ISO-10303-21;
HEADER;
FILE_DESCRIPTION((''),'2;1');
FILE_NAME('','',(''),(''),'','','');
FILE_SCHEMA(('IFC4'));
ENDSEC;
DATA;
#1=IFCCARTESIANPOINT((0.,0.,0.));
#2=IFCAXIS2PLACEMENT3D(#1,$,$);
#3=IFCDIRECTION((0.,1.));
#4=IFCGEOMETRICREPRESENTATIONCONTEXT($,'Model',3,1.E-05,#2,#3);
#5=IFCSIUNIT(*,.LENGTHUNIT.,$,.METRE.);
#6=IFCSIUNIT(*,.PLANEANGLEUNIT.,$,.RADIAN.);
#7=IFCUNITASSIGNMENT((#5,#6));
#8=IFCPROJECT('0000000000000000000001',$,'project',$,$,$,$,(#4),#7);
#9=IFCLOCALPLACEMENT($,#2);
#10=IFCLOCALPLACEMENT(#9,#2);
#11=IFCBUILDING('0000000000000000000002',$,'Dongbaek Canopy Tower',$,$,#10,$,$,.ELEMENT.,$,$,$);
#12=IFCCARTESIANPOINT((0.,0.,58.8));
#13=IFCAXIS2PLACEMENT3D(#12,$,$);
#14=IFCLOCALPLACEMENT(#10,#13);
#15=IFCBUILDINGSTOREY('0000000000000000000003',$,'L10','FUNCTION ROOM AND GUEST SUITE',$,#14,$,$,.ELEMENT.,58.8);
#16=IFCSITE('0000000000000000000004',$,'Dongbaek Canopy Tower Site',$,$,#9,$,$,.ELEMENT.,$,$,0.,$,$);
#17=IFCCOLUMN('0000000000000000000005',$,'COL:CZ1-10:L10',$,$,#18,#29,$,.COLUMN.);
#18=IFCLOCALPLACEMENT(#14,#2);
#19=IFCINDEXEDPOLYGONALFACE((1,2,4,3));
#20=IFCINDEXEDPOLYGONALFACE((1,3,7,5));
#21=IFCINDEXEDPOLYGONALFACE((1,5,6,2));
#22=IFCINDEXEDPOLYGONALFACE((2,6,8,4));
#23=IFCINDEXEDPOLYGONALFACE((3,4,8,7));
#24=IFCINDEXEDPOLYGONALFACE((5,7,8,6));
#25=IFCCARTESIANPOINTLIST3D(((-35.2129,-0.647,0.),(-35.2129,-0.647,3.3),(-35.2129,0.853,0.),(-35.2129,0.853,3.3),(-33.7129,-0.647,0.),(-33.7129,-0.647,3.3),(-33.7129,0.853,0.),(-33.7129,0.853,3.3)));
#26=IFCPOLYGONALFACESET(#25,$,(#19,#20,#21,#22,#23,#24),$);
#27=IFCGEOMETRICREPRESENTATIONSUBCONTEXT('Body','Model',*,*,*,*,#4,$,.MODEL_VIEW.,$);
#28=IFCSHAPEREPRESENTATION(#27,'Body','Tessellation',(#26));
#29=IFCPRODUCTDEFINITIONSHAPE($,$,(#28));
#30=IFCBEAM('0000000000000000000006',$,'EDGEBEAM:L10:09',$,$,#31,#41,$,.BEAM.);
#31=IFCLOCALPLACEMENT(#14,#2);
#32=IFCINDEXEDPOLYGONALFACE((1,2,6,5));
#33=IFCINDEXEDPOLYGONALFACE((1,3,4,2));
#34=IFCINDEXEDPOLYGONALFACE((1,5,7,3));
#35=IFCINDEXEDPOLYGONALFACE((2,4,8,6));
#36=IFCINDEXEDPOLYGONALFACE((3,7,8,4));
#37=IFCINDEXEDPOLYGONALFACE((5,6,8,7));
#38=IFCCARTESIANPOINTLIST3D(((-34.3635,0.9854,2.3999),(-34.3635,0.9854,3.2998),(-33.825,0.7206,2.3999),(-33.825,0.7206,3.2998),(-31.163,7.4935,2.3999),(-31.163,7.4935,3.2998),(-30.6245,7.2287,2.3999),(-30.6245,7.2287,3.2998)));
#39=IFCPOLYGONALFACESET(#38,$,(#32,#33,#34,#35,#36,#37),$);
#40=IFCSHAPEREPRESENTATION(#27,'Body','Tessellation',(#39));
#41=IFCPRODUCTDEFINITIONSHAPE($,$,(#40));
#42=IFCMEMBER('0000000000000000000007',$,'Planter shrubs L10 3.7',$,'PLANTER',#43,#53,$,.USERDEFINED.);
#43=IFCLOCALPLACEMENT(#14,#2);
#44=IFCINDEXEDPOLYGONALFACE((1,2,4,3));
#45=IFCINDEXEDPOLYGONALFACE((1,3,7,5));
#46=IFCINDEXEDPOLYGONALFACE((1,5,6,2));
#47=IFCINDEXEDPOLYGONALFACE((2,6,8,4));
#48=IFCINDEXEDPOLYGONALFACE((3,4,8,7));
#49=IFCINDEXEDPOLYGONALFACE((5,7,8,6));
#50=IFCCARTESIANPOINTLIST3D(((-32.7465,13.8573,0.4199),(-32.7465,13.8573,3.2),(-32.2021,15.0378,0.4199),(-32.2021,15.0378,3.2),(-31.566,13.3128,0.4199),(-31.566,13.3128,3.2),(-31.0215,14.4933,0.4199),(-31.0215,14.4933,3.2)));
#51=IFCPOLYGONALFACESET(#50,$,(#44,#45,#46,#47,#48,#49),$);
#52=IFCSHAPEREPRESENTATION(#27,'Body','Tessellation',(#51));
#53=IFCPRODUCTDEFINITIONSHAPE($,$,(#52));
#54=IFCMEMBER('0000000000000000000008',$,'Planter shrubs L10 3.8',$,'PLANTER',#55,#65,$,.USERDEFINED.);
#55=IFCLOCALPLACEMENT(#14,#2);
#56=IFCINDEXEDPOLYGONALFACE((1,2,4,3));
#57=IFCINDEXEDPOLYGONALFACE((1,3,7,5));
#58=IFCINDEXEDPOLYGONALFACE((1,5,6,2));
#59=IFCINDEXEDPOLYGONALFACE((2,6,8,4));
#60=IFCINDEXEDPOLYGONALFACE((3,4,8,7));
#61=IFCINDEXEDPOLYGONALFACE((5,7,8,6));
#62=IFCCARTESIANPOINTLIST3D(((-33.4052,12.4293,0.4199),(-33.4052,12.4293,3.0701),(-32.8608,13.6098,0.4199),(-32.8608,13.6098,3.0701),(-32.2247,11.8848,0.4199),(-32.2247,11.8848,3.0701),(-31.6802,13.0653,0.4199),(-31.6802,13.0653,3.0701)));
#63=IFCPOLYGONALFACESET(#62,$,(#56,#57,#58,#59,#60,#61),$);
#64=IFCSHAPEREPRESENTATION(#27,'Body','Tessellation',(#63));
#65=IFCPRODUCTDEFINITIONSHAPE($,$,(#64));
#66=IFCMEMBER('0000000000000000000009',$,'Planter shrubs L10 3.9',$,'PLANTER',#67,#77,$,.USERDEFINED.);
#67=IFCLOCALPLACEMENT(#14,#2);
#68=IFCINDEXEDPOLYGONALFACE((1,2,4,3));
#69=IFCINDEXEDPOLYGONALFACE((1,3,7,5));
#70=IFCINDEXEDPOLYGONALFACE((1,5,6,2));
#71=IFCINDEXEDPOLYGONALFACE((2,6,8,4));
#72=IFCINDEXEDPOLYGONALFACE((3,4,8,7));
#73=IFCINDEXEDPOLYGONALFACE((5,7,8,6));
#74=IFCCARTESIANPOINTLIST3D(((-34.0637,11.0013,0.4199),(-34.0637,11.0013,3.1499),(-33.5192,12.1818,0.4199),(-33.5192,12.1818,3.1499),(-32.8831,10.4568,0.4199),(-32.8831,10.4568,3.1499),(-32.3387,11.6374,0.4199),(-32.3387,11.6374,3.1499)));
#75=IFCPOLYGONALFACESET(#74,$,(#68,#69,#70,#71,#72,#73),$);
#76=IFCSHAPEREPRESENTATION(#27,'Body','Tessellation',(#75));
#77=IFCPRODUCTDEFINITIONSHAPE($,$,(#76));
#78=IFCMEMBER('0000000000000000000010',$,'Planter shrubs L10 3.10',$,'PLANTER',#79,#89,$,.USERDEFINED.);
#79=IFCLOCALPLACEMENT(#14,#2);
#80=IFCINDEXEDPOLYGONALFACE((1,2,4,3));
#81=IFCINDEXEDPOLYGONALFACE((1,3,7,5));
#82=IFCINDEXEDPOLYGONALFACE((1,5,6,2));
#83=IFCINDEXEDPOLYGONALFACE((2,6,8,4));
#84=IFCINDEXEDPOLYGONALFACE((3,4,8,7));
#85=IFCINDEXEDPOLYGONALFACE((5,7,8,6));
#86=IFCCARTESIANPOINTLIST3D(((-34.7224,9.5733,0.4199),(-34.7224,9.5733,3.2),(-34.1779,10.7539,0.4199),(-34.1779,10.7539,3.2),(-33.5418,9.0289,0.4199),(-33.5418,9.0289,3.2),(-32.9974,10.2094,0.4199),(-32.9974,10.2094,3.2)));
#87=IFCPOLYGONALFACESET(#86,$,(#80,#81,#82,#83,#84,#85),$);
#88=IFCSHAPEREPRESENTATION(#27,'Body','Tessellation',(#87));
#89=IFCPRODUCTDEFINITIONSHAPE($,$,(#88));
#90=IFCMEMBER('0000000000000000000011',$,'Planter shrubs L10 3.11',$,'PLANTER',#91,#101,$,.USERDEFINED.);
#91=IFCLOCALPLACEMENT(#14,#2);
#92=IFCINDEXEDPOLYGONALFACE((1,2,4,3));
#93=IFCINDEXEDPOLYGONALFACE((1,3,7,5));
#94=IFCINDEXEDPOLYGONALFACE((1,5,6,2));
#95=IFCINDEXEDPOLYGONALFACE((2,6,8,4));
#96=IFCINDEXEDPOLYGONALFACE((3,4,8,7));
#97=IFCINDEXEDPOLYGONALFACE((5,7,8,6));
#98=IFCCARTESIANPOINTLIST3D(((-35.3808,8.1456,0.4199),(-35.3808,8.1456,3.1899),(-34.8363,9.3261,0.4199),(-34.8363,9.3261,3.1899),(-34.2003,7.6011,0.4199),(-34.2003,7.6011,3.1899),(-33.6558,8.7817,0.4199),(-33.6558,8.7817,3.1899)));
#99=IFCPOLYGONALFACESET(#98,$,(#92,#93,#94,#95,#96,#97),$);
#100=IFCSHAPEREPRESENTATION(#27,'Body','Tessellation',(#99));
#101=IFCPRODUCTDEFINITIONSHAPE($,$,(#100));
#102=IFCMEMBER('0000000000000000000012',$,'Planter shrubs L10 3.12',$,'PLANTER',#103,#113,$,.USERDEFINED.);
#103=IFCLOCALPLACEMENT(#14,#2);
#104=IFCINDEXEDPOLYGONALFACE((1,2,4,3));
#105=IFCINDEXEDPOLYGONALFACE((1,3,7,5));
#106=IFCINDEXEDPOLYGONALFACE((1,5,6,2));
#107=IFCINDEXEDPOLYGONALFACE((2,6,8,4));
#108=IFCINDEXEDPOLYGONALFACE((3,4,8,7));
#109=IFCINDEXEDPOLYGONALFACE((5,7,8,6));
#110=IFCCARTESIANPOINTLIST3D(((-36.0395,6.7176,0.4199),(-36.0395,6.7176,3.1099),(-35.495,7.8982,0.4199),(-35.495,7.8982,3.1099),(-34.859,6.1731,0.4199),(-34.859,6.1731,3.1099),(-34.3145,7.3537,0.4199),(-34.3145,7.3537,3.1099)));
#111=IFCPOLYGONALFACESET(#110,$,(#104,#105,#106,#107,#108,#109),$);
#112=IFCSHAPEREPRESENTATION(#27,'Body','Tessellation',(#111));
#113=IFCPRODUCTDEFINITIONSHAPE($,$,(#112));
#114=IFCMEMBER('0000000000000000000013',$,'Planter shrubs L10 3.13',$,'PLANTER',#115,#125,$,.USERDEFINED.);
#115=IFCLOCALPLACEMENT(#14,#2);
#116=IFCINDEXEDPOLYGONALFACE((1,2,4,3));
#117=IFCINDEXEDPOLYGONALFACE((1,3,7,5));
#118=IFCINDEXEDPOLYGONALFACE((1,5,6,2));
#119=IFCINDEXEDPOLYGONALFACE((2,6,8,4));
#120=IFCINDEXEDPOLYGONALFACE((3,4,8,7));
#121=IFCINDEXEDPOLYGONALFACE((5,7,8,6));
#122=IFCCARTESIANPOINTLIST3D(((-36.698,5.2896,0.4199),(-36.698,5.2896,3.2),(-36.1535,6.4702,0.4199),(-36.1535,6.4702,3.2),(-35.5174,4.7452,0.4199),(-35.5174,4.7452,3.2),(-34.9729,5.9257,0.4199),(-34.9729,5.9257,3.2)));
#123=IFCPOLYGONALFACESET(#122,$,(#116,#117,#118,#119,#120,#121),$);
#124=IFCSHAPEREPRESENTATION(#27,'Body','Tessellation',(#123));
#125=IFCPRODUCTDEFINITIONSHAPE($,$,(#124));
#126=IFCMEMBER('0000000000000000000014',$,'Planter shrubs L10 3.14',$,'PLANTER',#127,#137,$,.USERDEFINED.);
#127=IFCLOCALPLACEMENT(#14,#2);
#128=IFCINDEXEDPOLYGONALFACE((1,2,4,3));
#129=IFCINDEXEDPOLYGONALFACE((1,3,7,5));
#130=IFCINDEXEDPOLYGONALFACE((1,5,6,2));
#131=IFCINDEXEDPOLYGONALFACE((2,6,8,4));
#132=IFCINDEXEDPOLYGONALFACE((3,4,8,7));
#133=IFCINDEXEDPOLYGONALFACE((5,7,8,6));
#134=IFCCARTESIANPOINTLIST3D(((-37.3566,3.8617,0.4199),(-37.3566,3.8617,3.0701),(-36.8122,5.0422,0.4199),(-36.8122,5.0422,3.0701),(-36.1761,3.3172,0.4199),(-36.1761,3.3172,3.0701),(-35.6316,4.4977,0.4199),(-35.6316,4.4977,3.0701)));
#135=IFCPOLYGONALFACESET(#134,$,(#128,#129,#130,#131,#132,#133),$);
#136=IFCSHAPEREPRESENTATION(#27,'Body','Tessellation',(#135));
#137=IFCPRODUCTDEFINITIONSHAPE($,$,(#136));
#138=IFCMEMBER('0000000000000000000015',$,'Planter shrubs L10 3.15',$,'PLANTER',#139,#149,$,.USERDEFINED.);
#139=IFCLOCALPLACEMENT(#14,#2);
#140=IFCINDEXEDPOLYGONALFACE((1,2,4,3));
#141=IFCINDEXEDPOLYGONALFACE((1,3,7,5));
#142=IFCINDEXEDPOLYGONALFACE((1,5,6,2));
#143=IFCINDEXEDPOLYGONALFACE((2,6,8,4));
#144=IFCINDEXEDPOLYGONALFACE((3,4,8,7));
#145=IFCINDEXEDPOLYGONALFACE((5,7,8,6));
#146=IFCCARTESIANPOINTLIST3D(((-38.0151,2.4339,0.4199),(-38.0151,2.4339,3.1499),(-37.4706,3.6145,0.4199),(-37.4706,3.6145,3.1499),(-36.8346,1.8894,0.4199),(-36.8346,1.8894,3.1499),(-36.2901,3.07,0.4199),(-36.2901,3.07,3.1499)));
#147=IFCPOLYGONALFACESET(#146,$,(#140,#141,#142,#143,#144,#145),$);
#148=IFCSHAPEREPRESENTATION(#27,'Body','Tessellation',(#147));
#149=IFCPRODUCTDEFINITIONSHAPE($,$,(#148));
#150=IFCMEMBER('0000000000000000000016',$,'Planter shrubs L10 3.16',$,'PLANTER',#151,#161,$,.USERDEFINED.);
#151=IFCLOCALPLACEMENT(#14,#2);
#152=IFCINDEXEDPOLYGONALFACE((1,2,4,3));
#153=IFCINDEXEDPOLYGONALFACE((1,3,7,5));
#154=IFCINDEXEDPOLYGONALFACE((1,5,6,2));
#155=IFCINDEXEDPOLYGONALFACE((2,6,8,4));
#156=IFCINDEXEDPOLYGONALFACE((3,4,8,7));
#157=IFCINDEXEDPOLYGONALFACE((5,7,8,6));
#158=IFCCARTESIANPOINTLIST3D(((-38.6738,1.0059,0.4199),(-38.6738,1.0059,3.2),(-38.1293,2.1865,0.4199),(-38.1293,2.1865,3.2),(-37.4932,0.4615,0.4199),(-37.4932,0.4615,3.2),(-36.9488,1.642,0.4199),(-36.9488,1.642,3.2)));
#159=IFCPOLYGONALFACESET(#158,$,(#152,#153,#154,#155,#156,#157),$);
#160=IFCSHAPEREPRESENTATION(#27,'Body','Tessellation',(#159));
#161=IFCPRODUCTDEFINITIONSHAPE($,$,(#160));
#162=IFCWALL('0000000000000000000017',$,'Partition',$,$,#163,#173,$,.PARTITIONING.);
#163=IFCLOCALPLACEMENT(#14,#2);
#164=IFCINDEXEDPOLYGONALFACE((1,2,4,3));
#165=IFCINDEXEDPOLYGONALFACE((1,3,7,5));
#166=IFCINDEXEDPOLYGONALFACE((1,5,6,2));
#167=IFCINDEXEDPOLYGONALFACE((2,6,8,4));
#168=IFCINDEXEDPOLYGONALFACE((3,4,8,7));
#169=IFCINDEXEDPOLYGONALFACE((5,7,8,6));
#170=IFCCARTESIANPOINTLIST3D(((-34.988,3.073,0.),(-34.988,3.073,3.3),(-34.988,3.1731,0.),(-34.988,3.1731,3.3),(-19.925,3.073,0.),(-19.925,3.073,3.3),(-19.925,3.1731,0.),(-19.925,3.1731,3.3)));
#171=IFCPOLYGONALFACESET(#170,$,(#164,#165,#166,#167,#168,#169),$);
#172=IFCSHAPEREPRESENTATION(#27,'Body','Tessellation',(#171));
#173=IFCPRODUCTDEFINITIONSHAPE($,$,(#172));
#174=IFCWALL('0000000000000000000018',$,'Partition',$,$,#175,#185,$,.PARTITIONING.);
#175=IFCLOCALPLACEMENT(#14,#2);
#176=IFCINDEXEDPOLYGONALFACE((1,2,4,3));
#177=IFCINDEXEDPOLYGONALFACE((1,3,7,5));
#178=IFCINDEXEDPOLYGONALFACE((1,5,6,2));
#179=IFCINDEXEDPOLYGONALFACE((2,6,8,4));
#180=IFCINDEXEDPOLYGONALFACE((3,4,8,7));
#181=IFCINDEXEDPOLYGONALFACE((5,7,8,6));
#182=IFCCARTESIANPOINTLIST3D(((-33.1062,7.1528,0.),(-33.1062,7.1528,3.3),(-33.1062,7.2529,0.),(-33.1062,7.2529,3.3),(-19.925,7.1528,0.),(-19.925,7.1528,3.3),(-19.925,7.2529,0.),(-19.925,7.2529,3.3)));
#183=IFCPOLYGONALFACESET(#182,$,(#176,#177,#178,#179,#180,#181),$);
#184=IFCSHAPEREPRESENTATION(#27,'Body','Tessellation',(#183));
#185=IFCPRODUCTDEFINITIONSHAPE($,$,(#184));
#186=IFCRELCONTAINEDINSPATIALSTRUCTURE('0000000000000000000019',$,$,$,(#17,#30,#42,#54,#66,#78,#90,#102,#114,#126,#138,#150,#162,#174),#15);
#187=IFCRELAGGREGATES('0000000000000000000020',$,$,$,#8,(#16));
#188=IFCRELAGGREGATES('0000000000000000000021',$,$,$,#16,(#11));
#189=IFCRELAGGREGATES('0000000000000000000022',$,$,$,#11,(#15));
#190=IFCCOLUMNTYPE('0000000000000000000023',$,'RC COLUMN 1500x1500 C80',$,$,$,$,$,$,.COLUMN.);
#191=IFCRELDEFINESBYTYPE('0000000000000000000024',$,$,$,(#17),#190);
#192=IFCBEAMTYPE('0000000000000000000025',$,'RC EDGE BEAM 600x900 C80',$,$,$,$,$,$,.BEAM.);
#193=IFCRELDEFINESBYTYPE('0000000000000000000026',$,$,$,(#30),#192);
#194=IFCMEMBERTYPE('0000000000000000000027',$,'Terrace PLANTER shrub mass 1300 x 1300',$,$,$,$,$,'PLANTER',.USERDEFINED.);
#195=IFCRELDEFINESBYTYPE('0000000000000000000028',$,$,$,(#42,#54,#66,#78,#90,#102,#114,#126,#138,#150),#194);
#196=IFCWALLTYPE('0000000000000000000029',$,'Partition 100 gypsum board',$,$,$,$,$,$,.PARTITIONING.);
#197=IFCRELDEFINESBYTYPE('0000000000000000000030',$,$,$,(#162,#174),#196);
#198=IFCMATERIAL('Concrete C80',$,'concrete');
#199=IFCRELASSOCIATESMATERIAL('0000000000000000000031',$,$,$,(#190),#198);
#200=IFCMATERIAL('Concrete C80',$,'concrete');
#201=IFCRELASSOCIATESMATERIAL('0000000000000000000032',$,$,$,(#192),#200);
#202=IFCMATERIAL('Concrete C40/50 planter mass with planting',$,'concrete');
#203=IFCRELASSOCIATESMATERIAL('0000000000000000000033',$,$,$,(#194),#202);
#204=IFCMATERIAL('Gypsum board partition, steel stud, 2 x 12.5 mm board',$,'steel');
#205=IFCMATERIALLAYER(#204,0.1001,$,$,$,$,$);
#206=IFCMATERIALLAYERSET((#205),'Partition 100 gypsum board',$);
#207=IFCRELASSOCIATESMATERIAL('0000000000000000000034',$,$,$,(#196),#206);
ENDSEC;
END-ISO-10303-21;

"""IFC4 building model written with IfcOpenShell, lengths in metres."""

from ifc_helpers import new_model, si_unit, direction, frame, frame_2d, origin, origin_2d, place, context, subcontext, project, spatial, rectangle, extrude, material, layer, layer_set, material_profile, profile_set, type_object, element, save


model = new_model("IFC4")

# Units and contexts
model_context = context("Model", 3, precision=1e-05, world=origin(), true_north=direction((0.0, 1.0)))
body_context = subcontext(model_context, "Body", "Model", "MODEL_VIEW")
ifc_project = project(units=[si_unit("LENGTHUNIT", "METRE"), si_unit("PLANEANGLEUNIT", "RADIAN")], contexts=[model_context])

# Site, building, storey
site_placement = place(None, origin())
site = spatial("IfcSite", under=ifc_project, at=site_placement, Name="Dongbaek Canopy Tower Site", CompositionType="ELEMENT", RefElevation=0.0)
building_placement = place(site_placement, origin())
building = spatial("IfcBuilding", under=site, at=building_placement, Name="Dongbaek Canopy Tower", CompositionType="ELEMENT")
storey_placement = place(building_placement, frame((0.0, 0.0, 58.8)))
storey = spatial("IfcBuildingStorey", under=building, at=storey_placement, Name="L10", Description="FUNCTION ROOM AND GUEST SUITE", CompositionType="ELEMENT", Elevation=58.8)

# Column
ifc_material_1 = material(Name="Concrete C80", Category="concrete")
ifc_material_profile_1 = material_profile(ifc_material_1, rectangle(XDim=1.5, YDim=1.5, at=origin_2d()), Name="RC COLUMN 1500x1500 C80")
ifc_profile_set_1 = profile_set([ifc_material_profile_1], Name="Concrete C80")
column_type = type_object("IfcColumnType", Name="RC COLUMN 1500x1500 C80", PredefinedType="COLUMN", material=ifc_profile_set_1)
column_placement = place(storey_placement, frame((-34.4629, 0.103, 0.0), z_axis=(0.0, 0.0, 1.0), x_axis=(1.0, 0.0, 0.0)))
element("IfcColumn", 1, at=column_placement, inside=storey, type_object=column_type, Name="COL:CZ1-10:L10", PredefinedType="COLUMN", context=body_context, shape_type="SweptSolid", body=[
    extrude(rectangle(XDim=1.5, YDim=1.5, at=origin_2d()), origin(), (0.0, 0.0, 1.0), 3.3),
])

# Beam
ifc_material_2 = material(Name="Concrete C80", Category="concrete")
ifc_material_profile_2 = material_profile(ifc_material_2, rectangle(XDim=0.6001, YDim=0.8999, at=origin_2d()), Name="RC EDGE BEAM 600x900 C80")
ifc_profile_set_2 = profile_set([ifc_material_profile_2], Name="Concrete C80")
beam_type = type_object("IfcBeamType", Name="RC EDGE BEAM 600x900 C80", PredefinedType="BEAM", material=ifc_profile_set_2)
beam_placement = place(storey_placement, frame((-34.0942, 0.853, 2.8499), z_axis=(0.441293, 0.897363, 0.0), x_axis=(-0.897363, 0.441293, 0.0)))
element("IfcBeam", 2, at=beam_placement, inside=storey, type_object=beam_type, Name="EDGEBEAM:L10:09", PredefinedType="BEAM", context=body_context, shape_type="SweptSolid", body=[
    extrude(rectangle(XDim=0.6001, YDim=0.8999, at=origin_2d()), origin(), (0.0, 0.0, 1.0), 7.2524),
])

# Members
ifc_material_3 = material(Name="Concrete C40/50 planter mass with planting", Category="concrete")
ifc_material_profile_3 = material_profile(ifc_material_3, rectangle(XDim=1.3, YDim=1.3, at=origin_2d()), Name="Terrace PLANTER shrub mass 1300 x 1300")
ifc_profile_set_3 = profile_set([ifc_material_profile_3], Name="Concrete C40/50 planter mass with planting")
member_type = type_object("IfcMemberType", Name="Terrace PLANTER shrub mass 1300 x 1300", ElementType="PLANTER", PredefinedType="USERDEFINED", material=ifc_profile_set_3)
member_1_placement = place(storey_placement, frame((-31.884, 14.1753, 0.4199), z_axis=(0.0, 0.0, 1.0), x_axis=(-0.908073, 0.418811, 0.0)))
element("IfcMember", 3, at=member_1_placement, inside=storey, type_object=member_type, Name="Planter shrubs L10 3.7", ObjectType="PLANTER", PredefinedType="USERDEFINED", context=body_context, shape_type="SweptSolid", body=[
    extrude(rectangle(XDim=1.3, YDim=1.3, at=origin_2d()), origin(), (0.0, 0.0, 1.0), 2.78),
])
member_2_placement = place(storey_placement, frame((-32.5427, 12.7473, 0.4199), z_axis=(0.0, 0.0, 1.0), x_axis=(-0.908073, 0.418811, 0.0)))
element("IfcMember", 4, at=member_2_placement, inside=storey, type_object=member_type, Name="Planter shrubs L10 3.8", ObjectType="PLANTER", PredefinedType="USERDEFINED", context=body_context, shape_type="SweptSolid", body=[
    extrude(rectangle(XDim=1.3, YDim=1.3, at=origin_2d()), origin(), (0.0, 0.0, 1.0), 2.6501),
])
member_3_placement = place(storey_placement, frame((-33.2012, 11.3193, 0.4199), z_axis=(0.0, 0.0, 1.0), x_axis=(-0.908073, 0.418811, 0.0)))
element("IfcMember", 5, at=member_3_placement, inside=storey, type_object=member_type, Name="Planter shrubs L10 3.9", ObjectType="PLANTER", PredefinedType="USERDEFINED", context=body_context, shape_type="SweptSolid", body=[
    extrude(rectangle(XDim=1.3, YDim=1.3, at=origin_2d()), origin(), (0.0, 0.0, 1.0), 2.73),
])
member_4_placement = place(storey_placement, frame((-33.8599, 9.8914, 0.4199), z_axis=(0.0, 0.0, 1.0), x_axis=(-0.908073, 0.418811, 0.0)))
element("IfcMember", 6, at=member_4_placement, inside=storey, type_object=member_type, Name="Planter shrubs L10 3.10", ObjectType="PLANTER", PredefinedType="USERDEFINED", context=body_context, shape_type="SweptSolid", body=[
    extrude(rectangle(XDim=1.3, YDim=1.3, at=origin_2d()), origin(), (0.0, 0.0, 1.0), 2.78),
])
member_5_placement = place(storey_placement, frame((-34.5183, 8.4636, 0.4199), z_axis=(0.0, 0.0, 1.0), x_axis=(-0.908073, 0.418811, 0.0)))
element("IfcMember", 7, at=member_5_placement, inside=storey, type_object=member_type, Name="Planter shrubs L10 3.11", ObjectType="PLANTER", PredefinedType="USERDEFINED", context=body_context, shape_type="SweptSolid", body=[
    extrude(rectangle(XDim=1.3, YDim=1.3, at=origin_2d()), origin(), (0.0, 0.0, 1.0), 2.77),
])
member_6_placement = place(storey_placement, frame((-35.177, 7.0356, 0.4199), z_axis=(0.0, 0.0, 1.0), x_axis=(-0.908073, 0.418811, 0.0)))
element("IfcMember", 8, at=member_6_placement, inside=storey, type_object=member_type, Name="Planter shrubs L10 3.12", ObjectType="PLANTER", PredefinedType="USERDEFINED", context=body_context, shape_type="SweptSolid", body=[
    extrude(rectangle(XDim=1.3, YDim=1.3, at=origin_2d()), origin(), (0.0, 0.0, 1.0), 2.6899),
])
member_7_placement = place(storey_placement, frame((-35.8354, 5.6077, 0.4199), z_axis=(0.0, 0.0, 1.0), x_axis=(-0.908073, 0.418811, 0.0)))
element("IfcMember", 9, at=member_7_placement, inside=storey, type_object=member_type, Name="Planter shrubs L10 3.13", ObjectType="PLANTER", PredefinedType="USERDEFINED", context=body_context, shape_type="SweptSolid", body=[
    extrude(rectangle(XDim=1.3, YDim=1.3, at=origin_2d()), origin(), (0.0, 0.0, 1.0), 2.78),
])
member_8_placement = place(storey_placement, frame((-36.4941, 4.1797, 0.4199), z_axis=(0.0, 0.0, 1.0), x_axis=(-0.908073, 0.418811, 0.0)))
element("IfcMember", 10, at=member_8_placement, inside=storey, type_object=member_type, Name="Planter shrubs L10 3.14", ObjectType="PLANTER", PredefinedType="USERDEFINED", context=body_context, shape_type="SweptSolid", body=[
    extrude(rectangle(XDim=1.3, YDim=1.3, at=origin_2d()), origin(), (0.0, 0.0, 1.0), 2.6501),
])
member_9_placement = place(storey_placement, frame((-37.1526, 2.752, 0.4199), z_axis=(0.0, 0.0, 1.0), x_axis=(-0.908073, 0.418811, 0.0)))
element("IfcMember", 11, at=member_9_placement, inside=storey, type_object=member_type, Name="Planter shrubs L10 3.15", ObjectType="PLANTER", PredefinedType="USERDEFINED", context=body_context, shape_type="SweptSolid", body=[
    extrude(rectangle(XDim=1.3, YDim=1.3, at=origin_2d()), origin(), (0.0, 0.0, 1.0), 2.73),
])
member_10_placement = place(storey_placement, frame((-37.8113, 1.324, 0.4199), z_axis=(0.0, 0.0, 1.0), x_axis=(-0.908073, 0.418811, 0.0)))
element("IfcMember", 12, at=member_10_placement, inside=storey, type_object=member_type, Name="Planter shrubs L10 3.16", ObjectType="PLANTER", PredefinedType="USERDEFINED", context=body_context, shape_type="SweptSolid", body=[
    extrude(rectangle(XDim=1.3, YDim=1.3, at=origin_2d()), origin(), (0.0, 0.0, 1.0), 2.78),
])

# Walls
ifc_material_4 = material(Name="Gypsum board partition, steel stud, 2 x 12.5 mm board", Category="steel")
ifc_layer = layer(ifc_material_4, 0.1001)
ifc_layer_set = layer_set([ifc_layer], Name="Partition 100 gypsum board")
wall_type = type_object("IfcWallType", Name="Partition 100 gypsum board", PredefinedType="PARTITIONING", material=ifc_layer_set)
wall_1_placement = place(storey_placement, frame((-34.988, 3.123, 0.0), z_axis=(0.0, 0.0, 1.0), x_axis=(1.0, 0.0, 0.0)))
element("IfcWall", 13, at=wall_1_placement, inside=storey, type_object=wall_type, Name="Partition", PredefinedType="PARTITIONING", context=body_context, shape_type="SweptSolid", body=[
    extrude(rectangle(XDim=15.063, YDim=0.1001, at=frame_2d((7.5315, 0.0))), origin(), (0.0, 0.0, 1.0), 3.3),
])
wall_2_placement = place(storey_placement, frame((-33.1062, 7.2029, 0.0), z_axis=(0.0, 0.0, 1.0), x_axis=(1.0, 0.0, 0.0)))
element("IfcWall", 14, at=wall_2_placement, inside=storey, type_object=wall_type, Name="Partition", PredefinedType="PARTITIONING", context=body_context, shape_type="SweptSolid", body=[
    extrude(rectangle(XDim=13.1812, YDim=0.1001, at=frame_2d((6.5906, 0.0))), origin(), (0.0, 0.0, 1.0), 3.3),
])

save(model, "model.ifc")
